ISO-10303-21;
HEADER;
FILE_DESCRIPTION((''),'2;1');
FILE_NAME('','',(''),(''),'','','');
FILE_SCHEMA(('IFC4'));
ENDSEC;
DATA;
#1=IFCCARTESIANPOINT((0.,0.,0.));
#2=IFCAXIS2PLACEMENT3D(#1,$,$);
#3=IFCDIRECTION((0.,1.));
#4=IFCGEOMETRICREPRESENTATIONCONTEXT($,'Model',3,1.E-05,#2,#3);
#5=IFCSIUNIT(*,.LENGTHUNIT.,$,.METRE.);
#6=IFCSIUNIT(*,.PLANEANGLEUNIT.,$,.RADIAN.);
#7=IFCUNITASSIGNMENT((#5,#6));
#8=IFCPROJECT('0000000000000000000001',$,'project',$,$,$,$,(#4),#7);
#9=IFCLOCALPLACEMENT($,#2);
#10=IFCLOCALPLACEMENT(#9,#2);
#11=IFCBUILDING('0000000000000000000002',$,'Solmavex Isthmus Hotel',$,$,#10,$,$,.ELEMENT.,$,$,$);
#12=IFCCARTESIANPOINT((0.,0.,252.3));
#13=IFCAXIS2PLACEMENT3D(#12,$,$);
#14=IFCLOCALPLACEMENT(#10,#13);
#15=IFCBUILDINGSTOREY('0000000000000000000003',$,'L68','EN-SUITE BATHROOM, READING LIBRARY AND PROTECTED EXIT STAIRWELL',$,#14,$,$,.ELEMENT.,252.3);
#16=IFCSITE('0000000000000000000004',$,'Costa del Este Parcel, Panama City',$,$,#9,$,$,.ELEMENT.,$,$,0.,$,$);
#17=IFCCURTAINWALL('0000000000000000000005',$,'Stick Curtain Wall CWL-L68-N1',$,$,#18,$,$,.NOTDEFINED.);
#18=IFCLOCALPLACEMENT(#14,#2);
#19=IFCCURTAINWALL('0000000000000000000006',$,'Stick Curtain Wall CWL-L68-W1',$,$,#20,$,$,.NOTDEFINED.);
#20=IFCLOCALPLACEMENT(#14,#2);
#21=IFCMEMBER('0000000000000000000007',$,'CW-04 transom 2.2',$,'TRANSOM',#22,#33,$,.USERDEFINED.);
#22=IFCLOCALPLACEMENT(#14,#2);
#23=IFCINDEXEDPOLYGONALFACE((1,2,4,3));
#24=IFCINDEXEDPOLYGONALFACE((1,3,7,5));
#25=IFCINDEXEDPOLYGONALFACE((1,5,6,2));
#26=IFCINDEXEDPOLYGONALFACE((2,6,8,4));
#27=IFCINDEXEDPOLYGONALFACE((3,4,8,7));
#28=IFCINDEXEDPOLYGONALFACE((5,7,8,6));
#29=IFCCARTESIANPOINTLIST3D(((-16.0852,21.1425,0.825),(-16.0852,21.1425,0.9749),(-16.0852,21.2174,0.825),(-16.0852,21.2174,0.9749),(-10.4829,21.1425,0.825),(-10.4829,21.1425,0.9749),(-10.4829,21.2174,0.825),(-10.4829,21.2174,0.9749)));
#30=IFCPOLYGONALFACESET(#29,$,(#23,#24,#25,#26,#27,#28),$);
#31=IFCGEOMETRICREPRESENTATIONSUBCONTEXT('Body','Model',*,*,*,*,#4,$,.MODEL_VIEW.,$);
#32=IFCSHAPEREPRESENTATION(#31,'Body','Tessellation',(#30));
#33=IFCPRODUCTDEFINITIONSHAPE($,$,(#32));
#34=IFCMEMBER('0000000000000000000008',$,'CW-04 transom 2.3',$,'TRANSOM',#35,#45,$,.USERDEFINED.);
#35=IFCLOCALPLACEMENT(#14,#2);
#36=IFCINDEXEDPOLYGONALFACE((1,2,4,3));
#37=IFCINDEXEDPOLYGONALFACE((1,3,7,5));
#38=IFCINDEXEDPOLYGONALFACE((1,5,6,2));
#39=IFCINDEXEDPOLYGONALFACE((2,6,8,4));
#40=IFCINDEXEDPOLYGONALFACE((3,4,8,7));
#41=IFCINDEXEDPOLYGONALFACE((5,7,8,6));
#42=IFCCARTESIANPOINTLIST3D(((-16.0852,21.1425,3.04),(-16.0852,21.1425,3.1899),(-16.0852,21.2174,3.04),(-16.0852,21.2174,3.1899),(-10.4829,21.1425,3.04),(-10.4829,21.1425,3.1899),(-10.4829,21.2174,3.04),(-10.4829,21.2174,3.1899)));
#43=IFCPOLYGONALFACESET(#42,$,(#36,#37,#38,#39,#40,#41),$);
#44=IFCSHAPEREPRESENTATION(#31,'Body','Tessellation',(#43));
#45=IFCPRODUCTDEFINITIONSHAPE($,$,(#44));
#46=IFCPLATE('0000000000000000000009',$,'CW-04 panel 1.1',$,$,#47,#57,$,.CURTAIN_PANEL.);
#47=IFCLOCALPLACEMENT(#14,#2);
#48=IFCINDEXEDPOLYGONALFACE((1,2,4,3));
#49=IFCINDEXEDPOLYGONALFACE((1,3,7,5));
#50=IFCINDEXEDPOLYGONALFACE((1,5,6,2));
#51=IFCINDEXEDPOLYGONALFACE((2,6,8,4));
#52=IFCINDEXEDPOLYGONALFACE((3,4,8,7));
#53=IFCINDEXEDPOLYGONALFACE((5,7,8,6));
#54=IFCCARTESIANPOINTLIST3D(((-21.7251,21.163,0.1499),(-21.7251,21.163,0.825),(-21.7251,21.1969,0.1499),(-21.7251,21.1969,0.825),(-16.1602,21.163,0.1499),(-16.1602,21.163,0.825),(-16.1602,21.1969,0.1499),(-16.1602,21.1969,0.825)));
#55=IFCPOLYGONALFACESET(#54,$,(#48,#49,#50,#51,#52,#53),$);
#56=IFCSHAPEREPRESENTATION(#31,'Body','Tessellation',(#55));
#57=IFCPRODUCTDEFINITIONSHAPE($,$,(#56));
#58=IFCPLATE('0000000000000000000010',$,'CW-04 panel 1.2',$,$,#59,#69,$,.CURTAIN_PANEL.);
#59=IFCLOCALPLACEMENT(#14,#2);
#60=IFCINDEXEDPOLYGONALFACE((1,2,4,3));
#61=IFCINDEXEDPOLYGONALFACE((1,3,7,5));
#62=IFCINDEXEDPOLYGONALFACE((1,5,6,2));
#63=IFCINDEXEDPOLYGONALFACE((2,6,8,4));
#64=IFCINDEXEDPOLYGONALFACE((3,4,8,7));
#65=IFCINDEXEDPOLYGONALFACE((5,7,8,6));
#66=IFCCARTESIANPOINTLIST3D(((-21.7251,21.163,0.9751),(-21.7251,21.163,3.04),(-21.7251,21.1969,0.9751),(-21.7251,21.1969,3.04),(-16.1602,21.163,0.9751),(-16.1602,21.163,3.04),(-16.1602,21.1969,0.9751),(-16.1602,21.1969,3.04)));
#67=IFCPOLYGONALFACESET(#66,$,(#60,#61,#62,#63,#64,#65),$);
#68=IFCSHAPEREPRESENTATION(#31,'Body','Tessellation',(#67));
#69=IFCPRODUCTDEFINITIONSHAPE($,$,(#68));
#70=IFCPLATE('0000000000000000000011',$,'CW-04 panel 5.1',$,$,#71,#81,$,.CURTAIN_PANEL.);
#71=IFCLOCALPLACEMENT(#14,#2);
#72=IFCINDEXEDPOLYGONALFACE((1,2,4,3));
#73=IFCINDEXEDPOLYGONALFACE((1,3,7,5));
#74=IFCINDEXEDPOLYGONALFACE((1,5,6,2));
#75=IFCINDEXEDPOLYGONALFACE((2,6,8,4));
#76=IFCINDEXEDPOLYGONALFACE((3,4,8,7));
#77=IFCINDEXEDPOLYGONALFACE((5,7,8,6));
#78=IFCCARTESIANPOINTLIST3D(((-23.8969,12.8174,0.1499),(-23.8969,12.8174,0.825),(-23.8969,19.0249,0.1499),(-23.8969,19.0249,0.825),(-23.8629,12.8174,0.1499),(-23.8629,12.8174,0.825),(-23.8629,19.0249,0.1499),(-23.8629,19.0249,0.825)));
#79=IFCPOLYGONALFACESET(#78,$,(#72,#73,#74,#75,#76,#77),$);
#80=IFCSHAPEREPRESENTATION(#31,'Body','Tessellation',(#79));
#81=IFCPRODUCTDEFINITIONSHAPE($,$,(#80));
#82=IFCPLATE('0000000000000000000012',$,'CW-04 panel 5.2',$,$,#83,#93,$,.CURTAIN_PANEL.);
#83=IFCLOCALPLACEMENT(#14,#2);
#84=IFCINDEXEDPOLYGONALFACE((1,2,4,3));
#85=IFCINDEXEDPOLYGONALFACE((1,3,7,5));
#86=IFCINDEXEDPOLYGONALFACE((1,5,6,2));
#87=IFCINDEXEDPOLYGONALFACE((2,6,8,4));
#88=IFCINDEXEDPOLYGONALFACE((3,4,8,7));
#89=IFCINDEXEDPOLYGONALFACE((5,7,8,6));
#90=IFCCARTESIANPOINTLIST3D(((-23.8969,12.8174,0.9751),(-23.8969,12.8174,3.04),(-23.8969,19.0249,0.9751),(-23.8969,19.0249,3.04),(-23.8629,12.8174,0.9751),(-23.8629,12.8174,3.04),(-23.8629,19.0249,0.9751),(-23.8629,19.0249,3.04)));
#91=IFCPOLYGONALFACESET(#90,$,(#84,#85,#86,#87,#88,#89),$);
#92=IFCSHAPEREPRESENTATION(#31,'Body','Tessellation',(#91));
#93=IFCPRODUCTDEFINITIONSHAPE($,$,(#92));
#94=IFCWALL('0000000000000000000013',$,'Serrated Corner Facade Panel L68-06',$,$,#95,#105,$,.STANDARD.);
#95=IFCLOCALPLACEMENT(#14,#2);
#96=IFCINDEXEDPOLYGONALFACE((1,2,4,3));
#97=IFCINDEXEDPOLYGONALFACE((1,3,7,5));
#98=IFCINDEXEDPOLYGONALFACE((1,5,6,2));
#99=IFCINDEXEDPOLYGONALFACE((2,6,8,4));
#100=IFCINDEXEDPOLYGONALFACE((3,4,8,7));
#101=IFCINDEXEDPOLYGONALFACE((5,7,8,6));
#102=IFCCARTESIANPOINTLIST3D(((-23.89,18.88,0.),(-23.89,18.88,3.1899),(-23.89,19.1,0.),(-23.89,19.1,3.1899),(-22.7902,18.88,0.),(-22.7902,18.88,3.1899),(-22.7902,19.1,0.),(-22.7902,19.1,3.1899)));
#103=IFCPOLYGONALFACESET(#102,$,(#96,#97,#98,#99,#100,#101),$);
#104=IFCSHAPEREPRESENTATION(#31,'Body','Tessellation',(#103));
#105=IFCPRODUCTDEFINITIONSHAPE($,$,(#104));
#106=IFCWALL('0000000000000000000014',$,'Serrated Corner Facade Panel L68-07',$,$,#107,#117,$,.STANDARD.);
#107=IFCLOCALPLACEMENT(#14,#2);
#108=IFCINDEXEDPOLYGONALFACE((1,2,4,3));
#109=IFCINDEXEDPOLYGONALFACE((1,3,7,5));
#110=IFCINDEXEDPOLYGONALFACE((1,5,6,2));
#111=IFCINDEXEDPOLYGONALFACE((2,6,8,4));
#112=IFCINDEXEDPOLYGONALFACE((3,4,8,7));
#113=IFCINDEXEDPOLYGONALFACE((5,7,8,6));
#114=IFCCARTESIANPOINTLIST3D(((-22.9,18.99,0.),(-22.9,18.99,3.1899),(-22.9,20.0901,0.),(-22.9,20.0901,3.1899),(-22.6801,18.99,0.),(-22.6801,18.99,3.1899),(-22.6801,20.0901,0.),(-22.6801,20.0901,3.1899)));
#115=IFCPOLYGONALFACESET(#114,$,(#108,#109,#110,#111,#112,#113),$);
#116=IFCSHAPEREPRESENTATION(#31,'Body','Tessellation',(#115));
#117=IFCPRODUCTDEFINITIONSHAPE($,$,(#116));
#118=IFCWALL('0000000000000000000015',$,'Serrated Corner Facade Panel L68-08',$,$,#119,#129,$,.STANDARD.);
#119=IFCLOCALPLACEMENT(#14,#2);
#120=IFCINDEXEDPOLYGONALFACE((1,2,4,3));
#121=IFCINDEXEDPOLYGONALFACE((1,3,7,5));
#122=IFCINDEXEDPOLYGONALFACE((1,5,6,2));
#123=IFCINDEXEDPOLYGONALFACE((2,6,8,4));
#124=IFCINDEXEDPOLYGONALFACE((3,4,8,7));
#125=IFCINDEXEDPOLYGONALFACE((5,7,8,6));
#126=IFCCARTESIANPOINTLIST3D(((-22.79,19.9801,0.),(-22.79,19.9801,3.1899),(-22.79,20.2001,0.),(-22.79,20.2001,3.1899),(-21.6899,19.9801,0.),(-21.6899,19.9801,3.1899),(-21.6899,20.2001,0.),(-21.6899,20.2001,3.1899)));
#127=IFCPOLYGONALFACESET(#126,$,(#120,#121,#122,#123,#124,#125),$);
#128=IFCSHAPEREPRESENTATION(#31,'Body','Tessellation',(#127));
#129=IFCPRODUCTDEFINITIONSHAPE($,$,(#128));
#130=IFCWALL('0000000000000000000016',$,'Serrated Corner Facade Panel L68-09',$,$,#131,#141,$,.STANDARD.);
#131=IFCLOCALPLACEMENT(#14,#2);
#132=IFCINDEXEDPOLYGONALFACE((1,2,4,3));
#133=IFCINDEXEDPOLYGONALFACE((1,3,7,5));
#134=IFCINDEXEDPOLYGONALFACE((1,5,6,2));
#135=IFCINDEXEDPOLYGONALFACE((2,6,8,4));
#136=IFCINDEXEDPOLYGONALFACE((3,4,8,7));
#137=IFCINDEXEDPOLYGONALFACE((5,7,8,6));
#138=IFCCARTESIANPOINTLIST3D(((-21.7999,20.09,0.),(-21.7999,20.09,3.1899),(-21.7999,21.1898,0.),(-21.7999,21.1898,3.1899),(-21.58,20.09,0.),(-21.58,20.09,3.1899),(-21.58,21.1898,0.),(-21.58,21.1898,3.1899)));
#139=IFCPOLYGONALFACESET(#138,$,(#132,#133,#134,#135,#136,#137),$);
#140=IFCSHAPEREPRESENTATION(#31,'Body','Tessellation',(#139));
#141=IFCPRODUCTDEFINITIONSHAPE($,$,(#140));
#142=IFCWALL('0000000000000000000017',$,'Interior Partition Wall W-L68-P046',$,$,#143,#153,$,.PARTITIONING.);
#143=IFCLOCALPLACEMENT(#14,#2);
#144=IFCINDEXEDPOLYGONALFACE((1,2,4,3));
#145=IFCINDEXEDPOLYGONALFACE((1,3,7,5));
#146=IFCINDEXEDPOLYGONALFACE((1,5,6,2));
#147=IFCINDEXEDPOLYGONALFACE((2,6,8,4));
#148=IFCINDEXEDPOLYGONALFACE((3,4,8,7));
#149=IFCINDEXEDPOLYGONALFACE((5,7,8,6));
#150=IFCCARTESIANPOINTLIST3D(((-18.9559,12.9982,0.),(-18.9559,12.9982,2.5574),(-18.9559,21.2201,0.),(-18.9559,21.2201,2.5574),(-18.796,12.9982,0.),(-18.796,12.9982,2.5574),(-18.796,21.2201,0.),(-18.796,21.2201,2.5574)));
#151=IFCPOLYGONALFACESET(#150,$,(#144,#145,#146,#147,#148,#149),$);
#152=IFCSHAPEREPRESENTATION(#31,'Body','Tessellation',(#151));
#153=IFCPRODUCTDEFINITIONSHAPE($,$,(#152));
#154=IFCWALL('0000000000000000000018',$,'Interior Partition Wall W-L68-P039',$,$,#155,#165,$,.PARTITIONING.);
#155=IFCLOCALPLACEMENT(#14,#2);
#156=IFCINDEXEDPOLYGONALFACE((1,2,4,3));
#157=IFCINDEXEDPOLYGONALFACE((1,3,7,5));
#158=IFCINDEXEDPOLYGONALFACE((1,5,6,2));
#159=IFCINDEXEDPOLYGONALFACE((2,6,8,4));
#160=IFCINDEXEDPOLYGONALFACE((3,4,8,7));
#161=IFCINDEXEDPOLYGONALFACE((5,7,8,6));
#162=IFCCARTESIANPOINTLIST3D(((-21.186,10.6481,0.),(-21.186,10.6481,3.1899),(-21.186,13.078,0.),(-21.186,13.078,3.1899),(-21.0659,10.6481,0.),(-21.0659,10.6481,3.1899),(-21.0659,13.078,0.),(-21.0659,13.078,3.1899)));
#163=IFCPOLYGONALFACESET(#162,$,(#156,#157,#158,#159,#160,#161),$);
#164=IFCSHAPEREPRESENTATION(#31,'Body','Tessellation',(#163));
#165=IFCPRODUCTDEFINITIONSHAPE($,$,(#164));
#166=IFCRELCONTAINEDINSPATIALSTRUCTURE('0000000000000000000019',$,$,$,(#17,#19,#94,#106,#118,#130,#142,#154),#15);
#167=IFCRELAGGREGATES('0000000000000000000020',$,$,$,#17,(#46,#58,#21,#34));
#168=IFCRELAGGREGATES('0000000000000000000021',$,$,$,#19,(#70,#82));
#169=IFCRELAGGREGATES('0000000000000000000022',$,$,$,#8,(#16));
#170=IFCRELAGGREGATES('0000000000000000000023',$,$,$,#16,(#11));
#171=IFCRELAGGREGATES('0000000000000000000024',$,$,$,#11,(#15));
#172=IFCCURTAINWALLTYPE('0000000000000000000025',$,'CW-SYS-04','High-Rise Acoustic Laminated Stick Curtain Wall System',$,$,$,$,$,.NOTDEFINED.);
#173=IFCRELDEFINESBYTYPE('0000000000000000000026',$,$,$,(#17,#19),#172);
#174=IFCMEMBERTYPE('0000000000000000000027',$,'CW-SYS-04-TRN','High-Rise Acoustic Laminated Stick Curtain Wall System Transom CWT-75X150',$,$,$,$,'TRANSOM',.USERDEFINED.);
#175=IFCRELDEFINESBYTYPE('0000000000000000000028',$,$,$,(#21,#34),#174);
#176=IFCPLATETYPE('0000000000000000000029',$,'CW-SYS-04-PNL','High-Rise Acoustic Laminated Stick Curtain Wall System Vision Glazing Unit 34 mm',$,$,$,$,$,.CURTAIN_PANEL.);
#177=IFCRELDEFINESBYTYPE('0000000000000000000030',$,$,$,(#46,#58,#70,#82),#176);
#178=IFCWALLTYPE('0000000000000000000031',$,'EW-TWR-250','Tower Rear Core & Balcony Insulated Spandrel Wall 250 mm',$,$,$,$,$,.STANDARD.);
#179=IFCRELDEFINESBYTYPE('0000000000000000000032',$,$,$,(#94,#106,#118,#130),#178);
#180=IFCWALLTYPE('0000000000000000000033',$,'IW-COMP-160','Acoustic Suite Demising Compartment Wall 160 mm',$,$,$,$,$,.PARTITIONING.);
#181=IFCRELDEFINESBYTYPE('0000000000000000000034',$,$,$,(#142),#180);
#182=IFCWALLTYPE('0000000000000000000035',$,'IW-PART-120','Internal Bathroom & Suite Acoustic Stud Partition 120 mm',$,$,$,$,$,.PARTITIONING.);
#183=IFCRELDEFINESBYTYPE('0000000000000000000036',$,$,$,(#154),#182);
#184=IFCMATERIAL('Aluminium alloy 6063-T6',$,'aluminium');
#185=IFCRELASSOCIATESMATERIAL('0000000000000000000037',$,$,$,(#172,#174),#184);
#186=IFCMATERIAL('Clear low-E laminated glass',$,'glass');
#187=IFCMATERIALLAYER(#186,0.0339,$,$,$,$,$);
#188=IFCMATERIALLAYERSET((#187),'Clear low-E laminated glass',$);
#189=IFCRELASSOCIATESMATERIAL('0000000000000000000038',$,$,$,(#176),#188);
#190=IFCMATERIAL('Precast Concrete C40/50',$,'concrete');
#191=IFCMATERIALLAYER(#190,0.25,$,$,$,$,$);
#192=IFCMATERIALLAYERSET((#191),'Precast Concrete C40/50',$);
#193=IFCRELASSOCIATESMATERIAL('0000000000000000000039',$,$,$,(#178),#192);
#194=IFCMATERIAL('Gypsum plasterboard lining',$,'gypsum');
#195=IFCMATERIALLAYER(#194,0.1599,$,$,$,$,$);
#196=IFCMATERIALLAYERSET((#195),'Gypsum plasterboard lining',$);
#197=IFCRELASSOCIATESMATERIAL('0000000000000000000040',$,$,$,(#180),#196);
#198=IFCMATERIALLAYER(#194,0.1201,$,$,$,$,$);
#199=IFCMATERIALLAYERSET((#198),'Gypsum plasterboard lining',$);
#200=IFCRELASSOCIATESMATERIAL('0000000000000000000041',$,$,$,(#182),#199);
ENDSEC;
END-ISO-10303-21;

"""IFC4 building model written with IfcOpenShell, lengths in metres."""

from ifc_helpers import new_model, si_unit, direction, frame, frame_2d, origin, origin_2d, place, context, subcontext, project, spatial, rectangle, extrude, material, layer, layer_set, material_profile, profile_set, type_object, element, aggregate, save


model = new_model("IFC4")

# Units and contexts
model_context = context("Model", 3, precision=1e-05, world=origin(), true_north=direction((0.0, 1.0)))
body_context = subcontext(model_context, "Body", "Model", "MODEL_VIEW")
ifc_project = project(units=[si_unit("LENGTHUNIT", "METRE"), si_unit("PLANEANGLEUNIT", "RADIAN")], contexts=[model_context])

# Site, building, storey
site_placement = place(None, origin())
site = spatial("IfcSite", under=ifc_project, at=site_placement, Name="Costa del Este Parcel, Panama City", CompositionType="ELEMENT", RefElevation=0.0)
building_placement = place(site_placement, origin())
building = spatial("IfcBuilding", under=site, at=building_placement, Name="Solmavex Isthmus Hotel", CompositionType="ELEMENT")
storey_placement = place(building_placement, frame((0.0, 0.0, 252.3)))
storey = spatial("IfcBuildingStorey", under=building, at=storey_placement, Name="L68", Description="EN-SUITE BATHROOM, READING LIBRARY AND PROTECTED EXIT STAIRWELL", CompositionType="ELEMENT", Elevation=252.3)

# Curtain wall
ifc_material_1 = material(Name="Aluminium alloy 6063-T6", Category="aluminium")
curtain_wall_type = type_object("IfcCurtainWallType", Name="CW-SYS-04", Description="High-Rise Acoustic Laminated Stick Curtain Wall System", PredefinedType="NOTDEFINED", material=ifc_material_1)
curtain_wall_1_placement = place(storey_placement, origin())
curtain_wall_1 = element("IfcCurtainWall", 1, at=curtain_wall_1_placement, inside=storey, type_object=curtain_wall_type, Name="Stick Curtain Wall CWL-L68-N1", PredefinedType="NOTDEFINED")

# Curtain wall
curtain_wall_2_placement = place(storey_placement, origin())
curtain_wall_2 = element("IfcCurtainWall", 2, at=curtain_wall_2_placement, inside=storey, type_object=curtain_wall_type, Name="Stick Curtain Wall CWL-L68-W1", PredefinedType="NOTDEFINED")

# Members
ifc_material_profile_1 = material_profile(ifc_material_1, rectangle(XDim=0.075, YDim=0.1499, at=origin_2d()), Name="CWT-75X150")
ifc_profile_set_1 = profile_set([ifc_material_profile_1], Name="Aluminium alloy 6063-T6")
member_type_1 = type_object("IfcMemberType", Name="CW-SYS-04-TRN", Description="High-Rise Acoustic Laminated Stick Curtain Wall System Transom CWT-75X150", ElementType="TRANSOM", PredefinedType="USERDEFINED", material=ifc_profile_set_1)
member_1_placement = place(storey_placement, frame((-16.0852, 21.1799, 0.8999), z_axis=(1.0, 0.0, 0.0), x_axis=(0.0, 1.0, 0.0)))
member_1 = element("IfcMember", 3, at=member_1_placement, type_object=member_type_1, Name="CW-04 transom 2.2", ObjectType="TRANSOM", PredefinedType="USERDEFINED", context=body_context, shape_type="SweptSolid", body=[
    extrude(rectangle(XDim=0.075, YDim=0.1499, at=origin_2d()), origin(), (0.0, 0.0, 1.0), 5.6023),
])
member_2_placement = place(storey_placement, frame((-16.0852, 21.1799, 3.115), z_axis=(1.0, 0.0, 0.0), x_axis=(0.0, 1.0, 0.0)))
member_2 = element("IfcMember", 4, at=member_2_placement, type_object=member_type_1, Name="CW-04 transom 2.3", ObjectType="TRANSOM", PredefinedType="USERDEFINED", context=body_context, shape_type="SweptSolid", body=[
    extrude(rectangle(XDim=0.075, YDim=0.1499, at=origin_2d()), origin(), (0.0, 0.0, 1.0), 5.6023),
])

# Plates
ifc_material_2 = material(Name="Clear low-E laminated glass", Category="glass")
ifc_layer_1 = layer(ifc_material_2, 0.0339)
ifc_layer_set_1 = layer_set([ifc_layer_1], Name="Clear low-E laminated glass")
plate_type = type_object("IfcPlateType", Name="CW-SYS-04-PNL", Description="High-Rise Acoustic Laminated Stick Curtain Wall System Vision Glazing Unit 34 mm", PredefinedType="CURTAIN_PANEL", material=ifc_layer_set_1)
plate_1_placement = place(storey_placement, frame((-18.9426, 21.1799, 0.1499), z_axis=(0.0, 0.0, 1.0), x_axis=(1.0, 0.0, 0.0)))
plate_1 = element("IfcPlate", 5, at=plate_1_placement, type_object=plate_type, Name="CW-04 panel 1.1", PredefinedType="CURTAIN_PANEL", context=body_context, shape_type="SweptSolid", body=[
    extrude(rectangle(XDim=5.5649, YDim=0.0339, at=origin_2d()), origin(), (0.0, 0.0, 1.0), 0.675),
])
plate_2_placement = place(storey_placement, frame((-18.9426, 21.1799, 0.9751), z_axis=(0.0, 0.0, 1.0), x_axis=(1.0, 0.0, 0.0)))
plate_2 = element("IfcPlate", 6, at=plate_2_placement, type_object=plate_type, Name="CW-04 panel 1.2", PredefinedType="CURTAIN_PANEL", context=body_context, shape_type="SweptSolid", body=[
    extrude(rectangle(XDim=5.5649, YDim=0.0339, at=origin_2d()), origin(), (0.0, 0.0, 1.0), 2.0649),
])
aggregate(curtain_wall_1, [plate_1, plate_2, member_1, member_2])
plate_3_placement = place(storey_placement, frame((-23.8799, 15.9211, 0.1499), z_axis=(0.0, 0.0, 1.0), x_axis=(0.0, 1.0, 0.0)))
plate_3 = element("IfcPlate", 7, at=plate_3_placement, type_object=plate_type, Name="CW-04 panel 5.1", PredefinedType="CURTAIN_PANEL", context=body_context, shape_type="SweptSolid", body=[
    extrude(rectangle(XDim=6.2075, YDim=0.0339, at=origin_2d()), origin(), (0.0, 0.0, 1.0), 0.675),
])
plate_4_placement = place(storey_placement, frame((-23.8799, 15.9211, 0.9751), z_axis=(0.0, 0.0, 1.0), x_axis=(0.0, 1.0, 0.0)))
plate_4 = element("IfcPlate", 8, at=plate_4_placement, type_object=plate_type, Name="CW-04 panel 5.2", PredefinedType="CURTAIN_PANEL", context=body_context, shape_type="SweptSolid", body=[
    extrude(rectangle(XDim=6.2075, YDim=0.0339, at=origin_2d()), origin(), (0.0, 0.0, 1.0), 2.0649),
])
aggregate(curtain_wall_2, [plate_3, plate_4])

# Walls
ifc_material_3 = material(Name="Precast Concrete C40/50", Category="concrete")
ifc_layer_2 = layer(ifc_material_3, 0.25)
ifc_layer_set_2 = layer_set([ifc_layer_2], Name="Precast Concrete C40/50")
wall_type_1 = type_object("IfcWallType", Name="EW-TWR-250", Description="Tower Rear Core & Balcony Insulated Spandrel Wall 250 mm", PredefinedType="STANDARD", material=ifc_layer_set_2)
wall_1_placement = place(storey_placement, frame((-23.8899, 18.99, 0.0), z_axis=(0.0, 0.0, 1.0), x_axis=(1.0, 0.0, 0.0)))
element("IfcWall", 9, at=wall_1_placement, inside=storey, type_object=wall_type_1, Name="Serrated Corner Facade Panel L68-06", PredefinedType="STANDARD", context=body_context, shape_type="SweptSolid", body=[
    extrude(rectangle(XDim=1.0999, YDim=0.22, at=frame_2d((0.5498, 0.0))), origin(), (0.0, 0.0, 1.0), 3.1899),
])
for number, where, z_axis, x_axis, name in (
    (10, (-22.79, 18.99, 0.0), (0.0, 0.0, 1.0), (0.0, 1.0, 0.0), "Serrated Corner Facade Panel L68-07"),
    (11, (-22.79, 20.0901, 0.0), (0.0, 0.0, 1.0), (1.0, 0.0, 0.0), "Serrated Corner Facade Panel L68-08"),
):
    element("IfcWall", number, at=place(storey_placement, frame(where, z_axis=z_axis, x_axis=x_axis)), inside=storey, type_object=wall_type_1, Name=name, PredefinedType="STANDARD", context=body_context, shape_type="SweptSolid", body=[
        extrude(rectangle(XDim=1.1001, YDim=0.22, at=frame_2d((0.55, 0.0))), origin(), (0.0, 0.0, 1.0), 3.1899),
    ])
wall_2_placement = place(storey_placement, frame((-21.6899, 20.0901, 0.0), z_axis=(0.0, 0.0, 1.0), x_axis=(0.0, 1.0, 0.0)))
element("IfcWall", 12, at=wall_2_placement, inside=storey, type_object=wall_type_1, Name="Serrated Corner Facade Panel L68-09", PredefinedType="STANDARD", context=body_context, shape_type="SweptSolid", body=[
    extrude(rectangle(XDim=1.0999, YDim=0.22, at=frame_2d((0.5498, 0.0))), origin(), (0.0, 0.0, 1.0), 3.1899),
])

# Shared definitions
ifc_material_4 = material(Name="Gypsum plasterboard lining", Category="gypsum")
ifc_layer_3 = layer(ifc_material_4, 0.1599)
ifc_layer_set_3 = layer_set([ifc_layer_3], Name="Gypsum plasterboard lining")
wall_type_2 = type_object("IfcWallType", Name="IW-COMP-160", Description="Acoustic Suite Demising Compartment Wall 160 mm", PredefinedType="PARTITIONING", material=ifc_layer_set_3)

# Walls
wall_3_placement = place(storey_placement, frame((-18.876, 21.22, 0.0), z_axis=(0.0, 0.0, 1.0), x_axis=(0.0, -1.0, 0.0)))
element("IfcWall", 13, at=wall_3_placement, inside=storey, type_object=wall_type_2, Name="Interior Partition Wall W-L68-P046", PredefinedType="PARTITIONING", context=body_context, shape_type="SweptSolid", body=[
    extrude(rectangle(XDim=8.2219, YDim=0.1599, at=frame_2d((4.1108, 0.0))), origin(), (0.0, 0.0, 1.0), 2.5574),
])
ifc_layer_4 = layer(ifc_material_4, 0.1201)
ifc_layer_set_4 = layer_set([ifc_layer_4], Name="Gypsum plasterboard lining")
wall_type_3 = type_object("IfcWallType", Name="IW-PART-120", Description="Internal Bathroom & Suite Acoustic Stud Partition 120 mm", PredefinedType="PARTITIONING", material=ifc_layer_set_4)
wall_4_placement = place(storey_placement, frame((-21.126, 13.0779, 0.0), z_axis=(0.0, 0.0, 1.0), x_axis=(0.0, -1.0, 0.0)))
element("IfcWall", 14, at=wall_4_placement, inside=storey, type_object=wall_type_3, Name="Interior Partition Wall W-L68-P039", PredefinedType="PARTITIONING", context=body_context, shape_type="SweptSolid", body=[
    extrude(rectangle(XDim=2.4299, YDim=0.1201, at=frame_2d((1.2148, 0.0))), origin(), (0.0, 0.0, 1.0), 3.1899),
])

save(model, "model.ifc")
